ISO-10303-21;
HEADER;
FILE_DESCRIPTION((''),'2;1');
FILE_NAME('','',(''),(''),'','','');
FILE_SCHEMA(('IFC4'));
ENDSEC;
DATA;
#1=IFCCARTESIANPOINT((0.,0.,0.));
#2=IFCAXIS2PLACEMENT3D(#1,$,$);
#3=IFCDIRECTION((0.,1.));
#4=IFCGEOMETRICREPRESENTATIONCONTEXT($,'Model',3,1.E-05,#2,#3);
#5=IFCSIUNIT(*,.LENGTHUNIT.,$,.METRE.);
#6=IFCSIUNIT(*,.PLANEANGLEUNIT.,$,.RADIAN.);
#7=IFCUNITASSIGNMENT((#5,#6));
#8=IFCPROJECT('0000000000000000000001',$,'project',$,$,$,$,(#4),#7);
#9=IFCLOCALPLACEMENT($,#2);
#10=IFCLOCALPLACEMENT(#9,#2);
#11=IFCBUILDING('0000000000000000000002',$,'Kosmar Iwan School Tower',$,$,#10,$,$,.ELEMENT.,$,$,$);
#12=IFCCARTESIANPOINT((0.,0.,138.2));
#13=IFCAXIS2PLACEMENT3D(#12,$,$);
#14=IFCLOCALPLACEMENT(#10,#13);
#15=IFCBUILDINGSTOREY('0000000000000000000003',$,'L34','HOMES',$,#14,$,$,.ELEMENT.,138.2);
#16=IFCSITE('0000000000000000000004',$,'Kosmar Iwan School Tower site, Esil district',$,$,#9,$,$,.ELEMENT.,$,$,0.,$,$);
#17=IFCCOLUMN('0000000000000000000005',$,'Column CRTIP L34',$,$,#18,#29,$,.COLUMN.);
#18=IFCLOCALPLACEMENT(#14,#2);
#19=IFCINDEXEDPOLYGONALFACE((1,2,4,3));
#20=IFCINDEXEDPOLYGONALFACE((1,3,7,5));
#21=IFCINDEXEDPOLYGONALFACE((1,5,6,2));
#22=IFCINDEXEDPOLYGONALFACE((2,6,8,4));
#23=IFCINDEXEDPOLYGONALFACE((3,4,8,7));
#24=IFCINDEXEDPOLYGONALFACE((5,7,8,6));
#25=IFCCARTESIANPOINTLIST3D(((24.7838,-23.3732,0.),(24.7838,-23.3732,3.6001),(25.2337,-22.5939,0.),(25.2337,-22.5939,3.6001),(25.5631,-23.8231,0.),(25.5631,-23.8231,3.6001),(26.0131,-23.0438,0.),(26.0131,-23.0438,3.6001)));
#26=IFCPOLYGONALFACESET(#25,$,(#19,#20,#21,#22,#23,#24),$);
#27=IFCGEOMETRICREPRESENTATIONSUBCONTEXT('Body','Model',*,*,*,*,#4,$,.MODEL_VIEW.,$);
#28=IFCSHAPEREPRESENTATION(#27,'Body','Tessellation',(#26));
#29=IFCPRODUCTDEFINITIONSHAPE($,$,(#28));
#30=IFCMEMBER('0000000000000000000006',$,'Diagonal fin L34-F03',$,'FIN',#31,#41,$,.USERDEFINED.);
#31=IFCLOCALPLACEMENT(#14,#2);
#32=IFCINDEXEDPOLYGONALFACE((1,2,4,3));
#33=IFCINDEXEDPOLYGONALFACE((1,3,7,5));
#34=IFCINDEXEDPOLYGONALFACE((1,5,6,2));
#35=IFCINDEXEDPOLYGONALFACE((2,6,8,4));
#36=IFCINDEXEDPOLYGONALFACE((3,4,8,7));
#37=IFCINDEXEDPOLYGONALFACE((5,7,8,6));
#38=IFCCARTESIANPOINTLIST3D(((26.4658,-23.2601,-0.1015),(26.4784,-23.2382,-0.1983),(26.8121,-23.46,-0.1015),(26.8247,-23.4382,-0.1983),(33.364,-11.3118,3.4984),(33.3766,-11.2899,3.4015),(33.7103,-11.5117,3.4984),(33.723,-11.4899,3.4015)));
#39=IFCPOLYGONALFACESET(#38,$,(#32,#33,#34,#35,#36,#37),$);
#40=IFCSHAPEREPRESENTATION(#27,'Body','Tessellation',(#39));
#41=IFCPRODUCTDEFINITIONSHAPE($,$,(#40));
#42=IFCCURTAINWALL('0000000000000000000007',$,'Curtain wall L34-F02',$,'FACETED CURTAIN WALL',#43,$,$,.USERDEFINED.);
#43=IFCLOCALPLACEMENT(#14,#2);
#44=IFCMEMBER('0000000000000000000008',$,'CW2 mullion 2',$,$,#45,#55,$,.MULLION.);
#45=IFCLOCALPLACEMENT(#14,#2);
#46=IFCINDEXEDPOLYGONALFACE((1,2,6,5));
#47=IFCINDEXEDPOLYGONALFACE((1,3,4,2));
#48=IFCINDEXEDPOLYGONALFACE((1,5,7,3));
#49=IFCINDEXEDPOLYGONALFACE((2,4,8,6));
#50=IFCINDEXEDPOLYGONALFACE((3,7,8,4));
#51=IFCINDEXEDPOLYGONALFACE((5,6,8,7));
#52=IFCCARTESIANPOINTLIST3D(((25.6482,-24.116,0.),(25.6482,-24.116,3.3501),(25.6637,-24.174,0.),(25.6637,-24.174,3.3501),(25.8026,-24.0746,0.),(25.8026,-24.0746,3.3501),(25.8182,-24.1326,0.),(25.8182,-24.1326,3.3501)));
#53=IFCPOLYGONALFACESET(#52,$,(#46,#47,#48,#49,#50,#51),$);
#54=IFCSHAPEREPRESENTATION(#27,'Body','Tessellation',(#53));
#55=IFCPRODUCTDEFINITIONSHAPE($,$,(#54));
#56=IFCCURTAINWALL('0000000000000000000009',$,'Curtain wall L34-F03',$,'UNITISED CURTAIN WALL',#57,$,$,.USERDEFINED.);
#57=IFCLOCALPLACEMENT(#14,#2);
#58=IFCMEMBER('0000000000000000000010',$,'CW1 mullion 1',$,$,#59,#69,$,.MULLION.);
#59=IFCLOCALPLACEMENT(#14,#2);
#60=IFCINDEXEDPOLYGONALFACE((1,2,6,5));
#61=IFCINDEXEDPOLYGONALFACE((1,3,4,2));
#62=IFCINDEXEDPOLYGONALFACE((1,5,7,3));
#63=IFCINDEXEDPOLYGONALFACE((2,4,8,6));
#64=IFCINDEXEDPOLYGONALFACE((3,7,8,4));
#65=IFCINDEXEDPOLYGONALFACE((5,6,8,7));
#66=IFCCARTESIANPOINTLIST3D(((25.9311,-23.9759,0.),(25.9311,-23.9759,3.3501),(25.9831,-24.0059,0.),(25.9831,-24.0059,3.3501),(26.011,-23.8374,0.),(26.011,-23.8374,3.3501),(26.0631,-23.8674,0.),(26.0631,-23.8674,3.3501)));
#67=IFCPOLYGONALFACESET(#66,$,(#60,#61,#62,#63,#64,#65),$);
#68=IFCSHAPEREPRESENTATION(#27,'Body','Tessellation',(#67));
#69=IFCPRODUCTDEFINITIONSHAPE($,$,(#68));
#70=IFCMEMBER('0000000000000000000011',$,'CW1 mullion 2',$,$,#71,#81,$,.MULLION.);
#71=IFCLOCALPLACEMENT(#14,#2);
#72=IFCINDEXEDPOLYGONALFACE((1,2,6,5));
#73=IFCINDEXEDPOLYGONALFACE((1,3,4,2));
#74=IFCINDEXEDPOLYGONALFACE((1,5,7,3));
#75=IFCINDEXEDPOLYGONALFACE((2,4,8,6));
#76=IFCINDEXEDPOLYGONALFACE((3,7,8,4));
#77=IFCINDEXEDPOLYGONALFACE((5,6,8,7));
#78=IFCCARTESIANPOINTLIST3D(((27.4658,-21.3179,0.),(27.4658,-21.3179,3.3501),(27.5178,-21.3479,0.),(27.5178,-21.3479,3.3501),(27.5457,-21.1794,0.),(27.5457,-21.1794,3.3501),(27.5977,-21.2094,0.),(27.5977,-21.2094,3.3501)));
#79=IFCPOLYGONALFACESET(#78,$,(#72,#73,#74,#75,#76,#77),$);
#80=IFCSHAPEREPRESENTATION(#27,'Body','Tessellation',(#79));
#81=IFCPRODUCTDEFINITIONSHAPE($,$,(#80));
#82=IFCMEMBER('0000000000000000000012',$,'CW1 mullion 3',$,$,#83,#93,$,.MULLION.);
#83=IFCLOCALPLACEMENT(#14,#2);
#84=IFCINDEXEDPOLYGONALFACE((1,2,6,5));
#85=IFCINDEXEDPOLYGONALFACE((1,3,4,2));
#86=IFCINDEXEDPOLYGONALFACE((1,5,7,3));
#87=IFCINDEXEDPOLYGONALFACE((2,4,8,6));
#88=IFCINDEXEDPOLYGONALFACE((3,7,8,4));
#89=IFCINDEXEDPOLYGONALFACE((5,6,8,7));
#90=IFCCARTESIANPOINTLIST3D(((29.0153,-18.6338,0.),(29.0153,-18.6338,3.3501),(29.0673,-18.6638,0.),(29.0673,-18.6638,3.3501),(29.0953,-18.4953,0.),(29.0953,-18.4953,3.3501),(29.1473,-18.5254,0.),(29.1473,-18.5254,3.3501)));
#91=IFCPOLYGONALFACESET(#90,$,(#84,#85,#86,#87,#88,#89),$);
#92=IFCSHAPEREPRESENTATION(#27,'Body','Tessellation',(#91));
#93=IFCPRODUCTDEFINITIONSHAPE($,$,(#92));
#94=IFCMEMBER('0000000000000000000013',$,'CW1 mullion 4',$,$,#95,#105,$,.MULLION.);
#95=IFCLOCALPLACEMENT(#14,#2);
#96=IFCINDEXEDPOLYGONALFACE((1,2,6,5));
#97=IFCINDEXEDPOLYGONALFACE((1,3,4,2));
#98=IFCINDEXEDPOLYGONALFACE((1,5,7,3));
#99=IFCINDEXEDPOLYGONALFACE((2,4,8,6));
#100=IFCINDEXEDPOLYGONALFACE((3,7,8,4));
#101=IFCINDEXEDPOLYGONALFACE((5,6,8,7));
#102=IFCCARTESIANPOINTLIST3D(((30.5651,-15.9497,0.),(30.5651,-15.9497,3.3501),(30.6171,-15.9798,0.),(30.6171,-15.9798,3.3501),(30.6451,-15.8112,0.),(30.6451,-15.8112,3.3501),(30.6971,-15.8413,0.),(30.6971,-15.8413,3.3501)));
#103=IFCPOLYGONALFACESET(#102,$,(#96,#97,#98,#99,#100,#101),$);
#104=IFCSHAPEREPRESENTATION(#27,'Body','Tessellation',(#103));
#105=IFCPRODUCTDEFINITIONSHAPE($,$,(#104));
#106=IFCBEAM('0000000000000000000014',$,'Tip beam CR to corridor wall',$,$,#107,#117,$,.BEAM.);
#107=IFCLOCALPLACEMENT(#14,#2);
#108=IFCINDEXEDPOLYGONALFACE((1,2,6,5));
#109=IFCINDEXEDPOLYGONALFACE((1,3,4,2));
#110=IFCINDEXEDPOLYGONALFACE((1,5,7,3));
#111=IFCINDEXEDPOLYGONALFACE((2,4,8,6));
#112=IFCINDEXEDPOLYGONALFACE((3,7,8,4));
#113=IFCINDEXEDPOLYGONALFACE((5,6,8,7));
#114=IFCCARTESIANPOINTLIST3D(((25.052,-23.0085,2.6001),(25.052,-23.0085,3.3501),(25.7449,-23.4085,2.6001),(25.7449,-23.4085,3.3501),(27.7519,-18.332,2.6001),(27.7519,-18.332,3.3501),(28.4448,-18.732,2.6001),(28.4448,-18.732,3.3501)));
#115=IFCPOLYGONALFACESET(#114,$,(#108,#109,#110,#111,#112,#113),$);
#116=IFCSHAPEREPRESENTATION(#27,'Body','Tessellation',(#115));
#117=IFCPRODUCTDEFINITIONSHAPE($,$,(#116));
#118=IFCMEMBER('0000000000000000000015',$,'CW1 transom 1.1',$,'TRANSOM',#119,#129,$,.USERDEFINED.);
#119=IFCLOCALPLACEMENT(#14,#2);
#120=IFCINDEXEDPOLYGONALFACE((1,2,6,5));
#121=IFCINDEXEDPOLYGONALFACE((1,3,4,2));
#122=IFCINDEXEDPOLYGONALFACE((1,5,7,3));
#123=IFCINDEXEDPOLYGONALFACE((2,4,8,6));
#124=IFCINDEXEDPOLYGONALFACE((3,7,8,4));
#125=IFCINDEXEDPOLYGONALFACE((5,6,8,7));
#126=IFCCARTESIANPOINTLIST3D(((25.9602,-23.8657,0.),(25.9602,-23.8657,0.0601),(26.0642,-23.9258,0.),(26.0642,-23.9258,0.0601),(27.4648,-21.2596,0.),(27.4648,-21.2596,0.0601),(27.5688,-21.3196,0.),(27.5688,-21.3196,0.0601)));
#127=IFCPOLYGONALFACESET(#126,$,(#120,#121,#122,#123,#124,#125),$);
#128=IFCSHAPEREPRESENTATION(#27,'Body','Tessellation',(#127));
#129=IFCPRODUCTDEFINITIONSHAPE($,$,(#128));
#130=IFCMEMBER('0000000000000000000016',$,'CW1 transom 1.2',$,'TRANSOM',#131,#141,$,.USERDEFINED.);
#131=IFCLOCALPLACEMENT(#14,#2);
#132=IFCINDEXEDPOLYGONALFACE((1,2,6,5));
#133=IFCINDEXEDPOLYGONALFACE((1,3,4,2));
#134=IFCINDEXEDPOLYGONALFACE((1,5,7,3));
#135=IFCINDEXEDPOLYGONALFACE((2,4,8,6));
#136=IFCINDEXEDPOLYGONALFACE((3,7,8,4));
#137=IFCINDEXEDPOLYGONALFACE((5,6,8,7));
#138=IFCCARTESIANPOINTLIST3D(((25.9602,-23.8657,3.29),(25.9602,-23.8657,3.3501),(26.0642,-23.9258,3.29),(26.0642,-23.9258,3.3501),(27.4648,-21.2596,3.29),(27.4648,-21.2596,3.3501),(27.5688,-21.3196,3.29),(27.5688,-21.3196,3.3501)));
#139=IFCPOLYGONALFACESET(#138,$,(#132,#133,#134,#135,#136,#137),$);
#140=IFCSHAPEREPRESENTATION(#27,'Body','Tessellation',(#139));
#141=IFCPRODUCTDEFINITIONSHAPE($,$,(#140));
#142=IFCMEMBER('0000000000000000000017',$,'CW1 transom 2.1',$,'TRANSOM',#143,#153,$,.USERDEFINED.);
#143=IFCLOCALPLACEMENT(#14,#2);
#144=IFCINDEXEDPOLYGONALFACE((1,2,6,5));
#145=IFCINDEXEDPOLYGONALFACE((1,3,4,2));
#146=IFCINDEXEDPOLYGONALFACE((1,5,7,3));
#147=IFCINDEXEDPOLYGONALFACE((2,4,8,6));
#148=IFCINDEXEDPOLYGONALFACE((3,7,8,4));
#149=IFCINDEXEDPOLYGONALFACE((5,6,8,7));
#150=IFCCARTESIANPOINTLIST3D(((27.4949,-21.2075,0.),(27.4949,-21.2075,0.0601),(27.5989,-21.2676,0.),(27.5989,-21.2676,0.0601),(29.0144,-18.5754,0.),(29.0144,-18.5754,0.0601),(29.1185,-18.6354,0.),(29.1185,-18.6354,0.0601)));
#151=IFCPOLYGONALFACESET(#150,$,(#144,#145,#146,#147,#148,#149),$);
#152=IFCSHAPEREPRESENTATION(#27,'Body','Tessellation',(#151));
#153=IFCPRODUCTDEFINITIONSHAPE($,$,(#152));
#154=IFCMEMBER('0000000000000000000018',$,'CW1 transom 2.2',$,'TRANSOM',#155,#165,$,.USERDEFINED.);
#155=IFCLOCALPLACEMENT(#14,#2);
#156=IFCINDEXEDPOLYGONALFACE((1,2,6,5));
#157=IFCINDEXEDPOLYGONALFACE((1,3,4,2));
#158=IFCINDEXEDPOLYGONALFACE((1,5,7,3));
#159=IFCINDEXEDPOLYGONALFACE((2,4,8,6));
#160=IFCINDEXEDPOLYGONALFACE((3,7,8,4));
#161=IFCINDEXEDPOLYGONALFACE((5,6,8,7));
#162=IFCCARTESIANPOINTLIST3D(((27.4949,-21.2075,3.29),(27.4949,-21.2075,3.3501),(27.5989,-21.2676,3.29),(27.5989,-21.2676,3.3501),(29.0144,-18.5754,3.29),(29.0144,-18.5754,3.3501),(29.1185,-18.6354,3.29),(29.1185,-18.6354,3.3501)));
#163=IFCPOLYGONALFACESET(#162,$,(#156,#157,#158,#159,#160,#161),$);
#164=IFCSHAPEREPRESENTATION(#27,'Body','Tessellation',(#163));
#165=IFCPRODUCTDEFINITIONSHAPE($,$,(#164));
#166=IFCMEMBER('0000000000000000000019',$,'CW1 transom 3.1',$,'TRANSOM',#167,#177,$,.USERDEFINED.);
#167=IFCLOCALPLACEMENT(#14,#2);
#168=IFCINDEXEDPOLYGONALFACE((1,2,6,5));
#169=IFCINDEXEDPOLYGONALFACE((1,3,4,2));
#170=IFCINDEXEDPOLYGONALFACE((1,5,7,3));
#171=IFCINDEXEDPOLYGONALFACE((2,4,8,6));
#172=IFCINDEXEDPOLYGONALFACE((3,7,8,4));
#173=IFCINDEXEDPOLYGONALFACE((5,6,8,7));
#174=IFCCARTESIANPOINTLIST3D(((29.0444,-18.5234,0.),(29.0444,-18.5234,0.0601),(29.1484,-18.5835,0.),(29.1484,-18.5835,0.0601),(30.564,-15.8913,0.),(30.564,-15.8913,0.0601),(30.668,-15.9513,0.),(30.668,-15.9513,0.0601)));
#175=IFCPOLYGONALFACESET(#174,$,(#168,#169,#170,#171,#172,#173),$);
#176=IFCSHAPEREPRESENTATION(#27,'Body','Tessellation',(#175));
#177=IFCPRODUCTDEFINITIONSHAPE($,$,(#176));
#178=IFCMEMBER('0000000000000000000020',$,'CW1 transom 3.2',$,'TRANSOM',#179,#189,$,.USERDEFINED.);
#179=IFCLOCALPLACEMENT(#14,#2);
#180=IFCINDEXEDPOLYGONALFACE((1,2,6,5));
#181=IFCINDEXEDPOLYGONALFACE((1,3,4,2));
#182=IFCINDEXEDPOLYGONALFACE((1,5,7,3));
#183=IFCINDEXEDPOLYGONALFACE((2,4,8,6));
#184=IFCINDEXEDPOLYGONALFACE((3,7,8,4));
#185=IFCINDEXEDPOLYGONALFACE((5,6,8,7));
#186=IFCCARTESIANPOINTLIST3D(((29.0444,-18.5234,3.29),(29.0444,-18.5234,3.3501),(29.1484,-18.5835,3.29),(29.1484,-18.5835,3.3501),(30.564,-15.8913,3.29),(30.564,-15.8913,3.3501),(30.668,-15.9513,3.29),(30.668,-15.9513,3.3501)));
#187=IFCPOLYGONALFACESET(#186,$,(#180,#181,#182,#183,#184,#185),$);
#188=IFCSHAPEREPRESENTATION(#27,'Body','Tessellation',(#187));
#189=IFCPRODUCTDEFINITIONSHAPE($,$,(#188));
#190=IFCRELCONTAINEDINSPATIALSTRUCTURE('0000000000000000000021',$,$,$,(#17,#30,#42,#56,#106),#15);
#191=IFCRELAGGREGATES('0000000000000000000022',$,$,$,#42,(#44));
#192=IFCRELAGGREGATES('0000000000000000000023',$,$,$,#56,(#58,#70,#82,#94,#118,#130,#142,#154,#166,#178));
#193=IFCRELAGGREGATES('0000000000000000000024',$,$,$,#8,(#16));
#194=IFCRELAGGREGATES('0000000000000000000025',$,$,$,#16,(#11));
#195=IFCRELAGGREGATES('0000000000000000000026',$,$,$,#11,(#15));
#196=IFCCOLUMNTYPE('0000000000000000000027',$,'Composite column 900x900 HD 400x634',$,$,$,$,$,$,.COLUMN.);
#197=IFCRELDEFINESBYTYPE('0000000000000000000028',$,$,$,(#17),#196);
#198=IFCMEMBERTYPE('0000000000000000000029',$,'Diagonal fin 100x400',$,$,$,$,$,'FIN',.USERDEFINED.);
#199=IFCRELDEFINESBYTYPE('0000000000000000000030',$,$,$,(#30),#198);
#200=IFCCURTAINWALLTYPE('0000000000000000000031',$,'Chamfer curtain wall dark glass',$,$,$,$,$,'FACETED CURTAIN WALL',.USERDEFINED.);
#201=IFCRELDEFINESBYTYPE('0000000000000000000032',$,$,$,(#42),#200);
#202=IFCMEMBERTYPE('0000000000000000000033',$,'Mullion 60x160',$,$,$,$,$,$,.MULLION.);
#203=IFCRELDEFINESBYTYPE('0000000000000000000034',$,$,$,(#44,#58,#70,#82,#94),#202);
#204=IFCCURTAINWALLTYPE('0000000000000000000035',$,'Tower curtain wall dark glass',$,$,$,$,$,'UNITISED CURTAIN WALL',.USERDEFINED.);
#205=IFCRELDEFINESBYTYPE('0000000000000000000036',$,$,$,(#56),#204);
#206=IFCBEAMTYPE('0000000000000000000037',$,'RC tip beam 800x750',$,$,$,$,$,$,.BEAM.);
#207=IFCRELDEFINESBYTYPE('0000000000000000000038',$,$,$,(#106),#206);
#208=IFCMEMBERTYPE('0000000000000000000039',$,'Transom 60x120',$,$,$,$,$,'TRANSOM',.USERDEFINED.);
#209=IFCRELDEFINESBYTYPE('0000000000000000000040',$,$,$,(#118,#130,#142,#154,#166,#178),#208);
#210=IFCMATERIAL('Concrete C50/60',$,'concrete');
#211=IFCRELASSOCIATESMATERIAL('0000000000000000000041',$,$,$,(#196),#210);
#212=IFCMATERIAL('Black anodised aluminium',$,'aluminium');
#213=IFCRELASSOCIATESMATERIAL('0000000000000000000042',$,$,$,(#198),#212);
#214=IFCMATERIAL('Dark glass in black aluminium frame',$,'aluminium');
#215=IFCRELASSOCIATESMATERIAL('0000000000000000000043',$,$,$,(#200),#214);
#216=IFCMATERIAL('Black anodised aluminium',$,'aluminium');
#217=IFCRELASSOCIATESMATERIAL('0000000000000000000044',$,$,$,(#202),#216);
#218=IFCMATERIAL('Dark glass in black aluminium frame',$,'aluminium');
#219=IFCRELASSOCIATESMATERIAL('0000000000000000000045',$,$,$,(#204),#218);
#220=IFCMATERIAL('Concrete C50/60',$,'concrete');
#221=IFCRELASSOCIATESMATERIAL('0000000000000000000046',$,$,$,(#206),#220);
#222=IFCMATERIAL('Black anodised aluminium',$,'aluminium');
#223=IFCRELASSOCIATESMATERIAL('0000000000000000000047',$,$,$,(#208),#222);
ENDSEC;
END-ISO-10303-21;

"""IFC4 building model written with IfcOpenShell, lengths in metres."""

from ifc_helpers import new_model, si_unit, direction, frame, origin, origin_2d, place, context, subcontext, project, spatial, rectangle, extrude, material, material_profile, profile_set, type_object, element, aggregate, save


model = new_model("IFC4")

# Units and contexts
model_context = context("Model", 3, precision=1e-05, world=origin(), true_north=direction((0.0, 1.0)))
body_context = subcontext(model_context, "Body", "Model", "MODEL_VIEW")
ifc_project = project(units=[si_unit("LENGTHUNIT", "METRE"), si_unit("PLANEANGLEUNIT", "RADIAN")], contexts=[model_context])

# Site, building, storey
site_placement = place(None, origin())
site = spatial("IfcSite", under=ifc_project, at=site_placement, Name="Kosmar Iwan School Tower site, Esil district", CompositionType="ELEMENT", RefElevation=0.0)
building_placement = place(site_placement, origin())
building = spatial("IfcBuilding", under=site, at=building_placement, Name="Kosmar Iwan School Tower", CompositionType="ELEMENT")
storey_placement = place(building_placement, frame((0.0, 0.0, 138.2)))
storey = spatial("IfcBuildingStorey", under=building, at=storey_placement, Name="L34", Description="HOMES", CompositionType="ELEMENT", Elevation=138.2)

# Column
ifc_material_1 = material(Name="Concrete C50/60", Category="concrete")
ifc_material_profile_1 = material_profile(ifc_material_1, rectangle(XDim=0.8999, YDim=0.8999, at=origin_2d()), Name="RC 900x900 + HD 400x634")
ifc_profile_set_1 = profile_set([ifc_material_profile_1], Name="Concrete C50/60")
column_type = type_object("IfcColumnType", Name="Composite column 900x900 HD 400x634", PredefinedType="COLUMN", material=ifc_profile_set_1)
column_placement = place(storey_placement, frame((25.3984, -23.2085, 0.0), z_axis=(0.0, 0.0, 1.0), x_axis=(0.866025, -0.5, 0.0)))
element("IfcColumn", 1, at=column_placement, inside=storey, type_object=column_type, Name="Column CRTIP L34", PredefinedType="COLUMN", context=body_context, shape_type="SweptSolid", body=[
    extrude(rectangle(XDim=0.8999, YDim=0.8999, at=origin_2d()), origin(), (0.0, 0.0, 1.0), 3.6001),
])

# Member
ifc_material_2 = material(Name="Black anodised aluminium", Category="aluminium")
ifc_material_profile_2 = material_profile(ifc_material_2, rectangle(XDim=0.1001, YDim=0.3999, at=origin_2d()), Name="FIN 100x400")
ifc_profile_set_2 = profile_set([ifc_material_profile_2], Name="Black anodised aluminium")
member_type_1 = type_object("IfcMemberType", Name="Diagonal fin 100x400", ElementType="FIN", PredefinedType="USERDEFINED", material=ifc_profile_set_2)
member_1_placement = place(storey_placement, frame((26.6453, -23.3491, -0.1499), z_axis=(0.483796, 0.837974, 0.252471), x_axis=(-0.126234, -0.218647, 0.967604)))
element("IfcMember", 2, at=member_1_placement, inside=storey, type_object=member_type_1, Name="Diagonal fin L34-F03", ObjectType="FIN", PredefinedType="USERDEFINED", context=body_context, shape_type="SweptSolid", body=[
    extrude(rectangle(XDim=0.1001, YDim=0.3999, at=origin_2d()), origin(), (0.0, 0.0, 1.0), 14.2585),
])

# Curtain wall, member
ifc_material_3 = material(Name="Dark glass in black aluminium frame", Category="aluminium")
curtain_wall_type_1 = type_object("IfcCurtainWallType", Name="Chamfer curtain wall dark glass", ElementType="FACETED CURTAIN WALL", PredefinedType="USERDEFINED", material=ifc_material_3)
curtain_wall_1_placement = place(storey_placement, origin())
curtain_wall_1 = element("IfcCurtainWall", 3, at=curtain_wall_1_placement, inside=storey, type_object=curtain_wall_type_1, Name="Curtain wall L34-F02", ObjectType="FACETED CURTAIN WALL", PredefinedType="USERDEFINED")
ifc_material_4 = material(Name="Black anodised aluminium", Category="aluminium")
ifc_material_profile_3 = material_profile(ifc_material_4, rectangle(XDim=0.0601, YDim=0.1599, at=origin_2d()), Name="MULLION 60x160")
ifc_profile_set_3 = profile_set([ifc_material_profile_3], Name="Black anodised aluminium")
member_type_2 = type_object("IfcMemberType", Name="Mullion 60x160", PredefinedType="MULLION", material=ifc_profile_set_3)
member_2_placement = place(storey_placement, frame((25.7332, -24.1243, 0.0), z_axis=(0.0, 0.0, 1.0), x_axis=(-0.258819, 0.965926, 0.0)))
member_2 = element("IfcMember", 4, at=member_2_placement, type_object=member_type_2, Name="CW2 mullion 2", PredefinedType="MULLION", context=body_context, shape_type="SweptSolid", body=[
    extrude(rectangle(XDim=0.0601, YDim=0.1599, at=origin_2d()), origin(), (0.0, 0.0, 1.0), 3.3501),
])

# Curtain wall, members
ifc_material_5 = material(Name="Dark glass in black aluminium frame", Category="aluminium")
curtain_wall_type_2 = type_object("IfcCurtainWallType", Name="Tower curtain wall dark glass", ElementType="UNITISED CURTAIN WALL", PredefinedType="USERDEFINED", material=ifc_material_5)
curtain_wall_2_placement = place(storey_placement, origin())
curtain_wall_2 = element("IfcCurtainWall", 5, at=curtain_wall_2_placement, inside=storey, type_object=curtain_wall_type_2, Name="Curtain wall L34-F03", ObjectType="UNITISED CURTAIN WALL", PredefinedType="USERDEFINED")
member_3_placement = place(storey_placement, frame((25.9971, -23.9216, 0.0), z_axis=(0.0, 0.0, 1.0), x_axis=(-0.866025, 0.5, 0.0)))
member_3 = element("IfcMember", 6, at=member_3_placement, type_object=member_type_2, Name="CW1 mullion 1", PredefinedType="MULLION", context=body_context, shape_type="SweptSolid", body=[
    extrude(rectangle(XDim=0.0601, YDim=0.1599, at=origin_2d()), origin(), (0.0, 0.0, 1.0), 3.3501),
])
member_4_placement = place(storey_placement, frame((27.5317, -21.2637, 0.0), z_axis=(0.0, 0.0, 1.0), x_axis=(-0.866025, 0.5, 0.0)))
member_4 = element("IfcMember", 7, at=member_4_placement, type_object=member_type_2, Name="CW1 mullion 2", PredefinedType="MULLION", context=body_context, shape_type="SweptSolid", body=[
    extrude(rectangle(XDim=0.0601, YDim=0.1599, at=origin_2d()), origin(), (0.0, 0.0, 1.0), 3.3501),
])
member_5_placement = place(storey_placement, frame((29.0813, -18.5796, 0.0), z_axis=(0.0, 0.0, 1.0), x_axis=(-0.866025, 0.5, 0.0)))
member_5 = element("IfcMember", 8, at=member_5_placement, type_object=member_type_2, Name="CW1 mullion 3", PredefinedType="MULLION", context=body_context, shape_type="SweptSolid", body=[
    extrude(rectangle(XDim=0.0601, YDim=0.1599, at=origin_2d()), origin(), (0.0, 0.0, 1.0), 3.3501),
])
member_6_placement = place(storey_placement, frame((30.6311, -15.8955, 0.0), z_axis=(0.0, 0.0, 1.0), x_axis=(-0.866025, 0.5, 0.0)))
member_6 = element("IfcMember", 9, at=member_6_placement, type_object=member_type_2, Name="CW1 mullion 4", PredefinedType="MULLION", context=body_context, shape_type="SweptSolid", body=[
    extrude(rectangle(XDim=0.0601, YDim=0.1599, at=origin_2d()), origin(), (0.0, 0.0, 1.0), 3.3501),
])

# Beam
ifc_material_6 = material(Name="Concrete C50/60", Category="concrete")
ifc_material_profile_4 = material_profile(ifc_material_6, rectangle(XDim=0.8, YDim=0.75, at=origin_2d()), Name="RC 800x750")
ifc_profile_set_4 = profile_set([ifc_material_profile_4], Name="Concrete C50/60")
beam_type = type_object("IfcBeamType", Name="RC tip beam 800x750", PredefinedType="BEAM", material=ifc_profile_set_4)
beam_placement = place(storey_placement, frame((25.3984, -23.2085, 2.9751), z_axis=(0.499995, 0.866028, 0.0), x_axis=(-0.866028, 0.499995, 0.0)))
element("IfcBeam", 10, at=beam_placement, inside=storey, type_object=beam_type, Name="Tip beam CR to corridor wall", PredefinedType="BEAM", context=body_context, shape_type="SweptSolid", body=[
    extrude(rectangle(XDim=0.8, YDim=0.75, at=origin_2d()), origin(), (0.0, 0.0, 1.0), 5.3999),
])

# Members
ifc_material_7 = material(Name="Black anodised aluminium", Category="aluminium")
ifc_material_profile_5 = material_profile(ifc_material_7, rectangle(XDim=0.1201, YDim=0.0601, at=origin_2d()), Name="TRANSOM 60x120")
ifc_profile_set_5 = profile_set([ifc_material_profile_5], Name="Black anodised aluminium")
member_type_3 = type_object("IfcMemberType", Name="Transom 60x120", ElementType="TRANSOM", PredefinedType="USERDEFINED", material=ifc_profile_set_5)
member_7_placement = place(storey_placement, frame((26.0122, -23.8958, 0.03), z_axis=(0.499987, 0.866033, 0.0), x_axis=(-0.866033, 0.499987, 0.0)))
member_7 = element("IfcMember", 11, at=member_7_placement, type_object=member_type_3, Name="CW1 transom 1.1", ObjectType="TRANSOM", PredefinedType="USERDEFINED", context=body_context, shape_type="SweptSolid", body=[
    extrude(rectangle(XDim=0.1201, YDim=0.0601, at=origin_2d()), origin(), (0.0, 0.0, 1.0), 3.0093),
])
member_8_placement = place(storey_placement, frame((26.0122, -23.8958, 3.3201), z_axis=(0.499987, 0.866033, 0.0), x_axis=(-0.866033, 0.499987, 0.0)))
member_8 = element("IfcMember", 12, at=member_8_placement, type_object=member_type_3, Name="CW1 transom 1.2", ObjectType="TRANSOM", PredefinedType="USERDEFINED", context=body_context, shape_type="SweptSolid", body=[
    extrude(rectangle(XDim=0.1201, YDim=0.0601, at=origin_2d()), origin(), (0.0, 0.0, 1.0), 3.0093),
])
member_9_placement = place(storey_placement, frame((27.5469, -21.2375, 0.03), z_axis=(0.499975, 0.86604, 0.0), x_axis=(-0.86604, 0.499975, 0.0)))
member_9 = element("IfcMember", 13, at=member_9_placement, type_object=member_type_3, Name="CW1 transom 2.1", ObjectType="TRANSOM", PredefinedType="USERDEFINED", context=body_context, shape_type="SweptSolid", body=[
    extrude(rectangle(XDim=0.1201, YDim=0.0601, at=origin_2d()), origin(), (0.0, 0.0, 1.0), 3.0393),
])
member_10_placement = place(storey_placement, frame((27.5469, -21.2375, 3.3201), z_axis=(0.499975, 0.86604, 0.0), x_axis=(-0.86604, 0.499975, 0.0)))
member_10 = element("IfcMember", 14, at=member_10_placement, type_object=member_type_3, Name="CW1 transom 2.2", ObjectType="TRANSOM", PredefinedType="USERDEFINED", context=body_context, shape_type="SweptSolid", body=[
    extrude(rectangle(XDim=0.1201, YDim=0.0601, at=origin_2d()), origin(), (0.0, 0.0, 1.0), 3.0393),
])
member_11_placement = place(storey_placement, frame((29.0964, -18.5535, 0.03), z_axis=(0.499975, 0.86604, 0.0), x_axis=(-0.86604, 0.499975, 0.0)))
member_11 = element("IfcMember", 15, at=member_11_placement, type_object=member_type_3, Name="CW1 transom 3.1", ObjectType="TRANSOM", PredefinedType="USERDEFINED", context=body_context, shape_type="SweptSolid", body=[
    extrude(rectangle(XDim=0.1201, YDim=0.0601, at=origin_2d()), origin(), (0.0, 0.0, 1.0), 3.0393),
])
member_12_placement = place(storey_placement, frame((29.0964, -18.5535, 3.3201), z_axis=(0.499975, 0.86604, 0.0), x_axis=(-0.86604, 0.499975, 0.0)))
member_12 = element("IfcMember", 16, at=member_12_placement, type_object=member_type_3, Name="CW1 transom 3.2", ObjectType="TRANSOM", PredefinedType="USERDEFINED", context=body_context, shape_type="SweptSolid", body=[
    extrude(rectangle(XDim=0.1201, YDim=0.0601, at=origin_2d()), origin(), (0.0, 0.0, 1.0), 3.0393),
])

aggregate(curtain_wall_1, [member_2])
aggregate(curtain_wall_2, [member_3, member_4, member_5, member_6, member_7, member_8, member_9, member_10, member_11, member_12])

save(model, "model.ifc")
